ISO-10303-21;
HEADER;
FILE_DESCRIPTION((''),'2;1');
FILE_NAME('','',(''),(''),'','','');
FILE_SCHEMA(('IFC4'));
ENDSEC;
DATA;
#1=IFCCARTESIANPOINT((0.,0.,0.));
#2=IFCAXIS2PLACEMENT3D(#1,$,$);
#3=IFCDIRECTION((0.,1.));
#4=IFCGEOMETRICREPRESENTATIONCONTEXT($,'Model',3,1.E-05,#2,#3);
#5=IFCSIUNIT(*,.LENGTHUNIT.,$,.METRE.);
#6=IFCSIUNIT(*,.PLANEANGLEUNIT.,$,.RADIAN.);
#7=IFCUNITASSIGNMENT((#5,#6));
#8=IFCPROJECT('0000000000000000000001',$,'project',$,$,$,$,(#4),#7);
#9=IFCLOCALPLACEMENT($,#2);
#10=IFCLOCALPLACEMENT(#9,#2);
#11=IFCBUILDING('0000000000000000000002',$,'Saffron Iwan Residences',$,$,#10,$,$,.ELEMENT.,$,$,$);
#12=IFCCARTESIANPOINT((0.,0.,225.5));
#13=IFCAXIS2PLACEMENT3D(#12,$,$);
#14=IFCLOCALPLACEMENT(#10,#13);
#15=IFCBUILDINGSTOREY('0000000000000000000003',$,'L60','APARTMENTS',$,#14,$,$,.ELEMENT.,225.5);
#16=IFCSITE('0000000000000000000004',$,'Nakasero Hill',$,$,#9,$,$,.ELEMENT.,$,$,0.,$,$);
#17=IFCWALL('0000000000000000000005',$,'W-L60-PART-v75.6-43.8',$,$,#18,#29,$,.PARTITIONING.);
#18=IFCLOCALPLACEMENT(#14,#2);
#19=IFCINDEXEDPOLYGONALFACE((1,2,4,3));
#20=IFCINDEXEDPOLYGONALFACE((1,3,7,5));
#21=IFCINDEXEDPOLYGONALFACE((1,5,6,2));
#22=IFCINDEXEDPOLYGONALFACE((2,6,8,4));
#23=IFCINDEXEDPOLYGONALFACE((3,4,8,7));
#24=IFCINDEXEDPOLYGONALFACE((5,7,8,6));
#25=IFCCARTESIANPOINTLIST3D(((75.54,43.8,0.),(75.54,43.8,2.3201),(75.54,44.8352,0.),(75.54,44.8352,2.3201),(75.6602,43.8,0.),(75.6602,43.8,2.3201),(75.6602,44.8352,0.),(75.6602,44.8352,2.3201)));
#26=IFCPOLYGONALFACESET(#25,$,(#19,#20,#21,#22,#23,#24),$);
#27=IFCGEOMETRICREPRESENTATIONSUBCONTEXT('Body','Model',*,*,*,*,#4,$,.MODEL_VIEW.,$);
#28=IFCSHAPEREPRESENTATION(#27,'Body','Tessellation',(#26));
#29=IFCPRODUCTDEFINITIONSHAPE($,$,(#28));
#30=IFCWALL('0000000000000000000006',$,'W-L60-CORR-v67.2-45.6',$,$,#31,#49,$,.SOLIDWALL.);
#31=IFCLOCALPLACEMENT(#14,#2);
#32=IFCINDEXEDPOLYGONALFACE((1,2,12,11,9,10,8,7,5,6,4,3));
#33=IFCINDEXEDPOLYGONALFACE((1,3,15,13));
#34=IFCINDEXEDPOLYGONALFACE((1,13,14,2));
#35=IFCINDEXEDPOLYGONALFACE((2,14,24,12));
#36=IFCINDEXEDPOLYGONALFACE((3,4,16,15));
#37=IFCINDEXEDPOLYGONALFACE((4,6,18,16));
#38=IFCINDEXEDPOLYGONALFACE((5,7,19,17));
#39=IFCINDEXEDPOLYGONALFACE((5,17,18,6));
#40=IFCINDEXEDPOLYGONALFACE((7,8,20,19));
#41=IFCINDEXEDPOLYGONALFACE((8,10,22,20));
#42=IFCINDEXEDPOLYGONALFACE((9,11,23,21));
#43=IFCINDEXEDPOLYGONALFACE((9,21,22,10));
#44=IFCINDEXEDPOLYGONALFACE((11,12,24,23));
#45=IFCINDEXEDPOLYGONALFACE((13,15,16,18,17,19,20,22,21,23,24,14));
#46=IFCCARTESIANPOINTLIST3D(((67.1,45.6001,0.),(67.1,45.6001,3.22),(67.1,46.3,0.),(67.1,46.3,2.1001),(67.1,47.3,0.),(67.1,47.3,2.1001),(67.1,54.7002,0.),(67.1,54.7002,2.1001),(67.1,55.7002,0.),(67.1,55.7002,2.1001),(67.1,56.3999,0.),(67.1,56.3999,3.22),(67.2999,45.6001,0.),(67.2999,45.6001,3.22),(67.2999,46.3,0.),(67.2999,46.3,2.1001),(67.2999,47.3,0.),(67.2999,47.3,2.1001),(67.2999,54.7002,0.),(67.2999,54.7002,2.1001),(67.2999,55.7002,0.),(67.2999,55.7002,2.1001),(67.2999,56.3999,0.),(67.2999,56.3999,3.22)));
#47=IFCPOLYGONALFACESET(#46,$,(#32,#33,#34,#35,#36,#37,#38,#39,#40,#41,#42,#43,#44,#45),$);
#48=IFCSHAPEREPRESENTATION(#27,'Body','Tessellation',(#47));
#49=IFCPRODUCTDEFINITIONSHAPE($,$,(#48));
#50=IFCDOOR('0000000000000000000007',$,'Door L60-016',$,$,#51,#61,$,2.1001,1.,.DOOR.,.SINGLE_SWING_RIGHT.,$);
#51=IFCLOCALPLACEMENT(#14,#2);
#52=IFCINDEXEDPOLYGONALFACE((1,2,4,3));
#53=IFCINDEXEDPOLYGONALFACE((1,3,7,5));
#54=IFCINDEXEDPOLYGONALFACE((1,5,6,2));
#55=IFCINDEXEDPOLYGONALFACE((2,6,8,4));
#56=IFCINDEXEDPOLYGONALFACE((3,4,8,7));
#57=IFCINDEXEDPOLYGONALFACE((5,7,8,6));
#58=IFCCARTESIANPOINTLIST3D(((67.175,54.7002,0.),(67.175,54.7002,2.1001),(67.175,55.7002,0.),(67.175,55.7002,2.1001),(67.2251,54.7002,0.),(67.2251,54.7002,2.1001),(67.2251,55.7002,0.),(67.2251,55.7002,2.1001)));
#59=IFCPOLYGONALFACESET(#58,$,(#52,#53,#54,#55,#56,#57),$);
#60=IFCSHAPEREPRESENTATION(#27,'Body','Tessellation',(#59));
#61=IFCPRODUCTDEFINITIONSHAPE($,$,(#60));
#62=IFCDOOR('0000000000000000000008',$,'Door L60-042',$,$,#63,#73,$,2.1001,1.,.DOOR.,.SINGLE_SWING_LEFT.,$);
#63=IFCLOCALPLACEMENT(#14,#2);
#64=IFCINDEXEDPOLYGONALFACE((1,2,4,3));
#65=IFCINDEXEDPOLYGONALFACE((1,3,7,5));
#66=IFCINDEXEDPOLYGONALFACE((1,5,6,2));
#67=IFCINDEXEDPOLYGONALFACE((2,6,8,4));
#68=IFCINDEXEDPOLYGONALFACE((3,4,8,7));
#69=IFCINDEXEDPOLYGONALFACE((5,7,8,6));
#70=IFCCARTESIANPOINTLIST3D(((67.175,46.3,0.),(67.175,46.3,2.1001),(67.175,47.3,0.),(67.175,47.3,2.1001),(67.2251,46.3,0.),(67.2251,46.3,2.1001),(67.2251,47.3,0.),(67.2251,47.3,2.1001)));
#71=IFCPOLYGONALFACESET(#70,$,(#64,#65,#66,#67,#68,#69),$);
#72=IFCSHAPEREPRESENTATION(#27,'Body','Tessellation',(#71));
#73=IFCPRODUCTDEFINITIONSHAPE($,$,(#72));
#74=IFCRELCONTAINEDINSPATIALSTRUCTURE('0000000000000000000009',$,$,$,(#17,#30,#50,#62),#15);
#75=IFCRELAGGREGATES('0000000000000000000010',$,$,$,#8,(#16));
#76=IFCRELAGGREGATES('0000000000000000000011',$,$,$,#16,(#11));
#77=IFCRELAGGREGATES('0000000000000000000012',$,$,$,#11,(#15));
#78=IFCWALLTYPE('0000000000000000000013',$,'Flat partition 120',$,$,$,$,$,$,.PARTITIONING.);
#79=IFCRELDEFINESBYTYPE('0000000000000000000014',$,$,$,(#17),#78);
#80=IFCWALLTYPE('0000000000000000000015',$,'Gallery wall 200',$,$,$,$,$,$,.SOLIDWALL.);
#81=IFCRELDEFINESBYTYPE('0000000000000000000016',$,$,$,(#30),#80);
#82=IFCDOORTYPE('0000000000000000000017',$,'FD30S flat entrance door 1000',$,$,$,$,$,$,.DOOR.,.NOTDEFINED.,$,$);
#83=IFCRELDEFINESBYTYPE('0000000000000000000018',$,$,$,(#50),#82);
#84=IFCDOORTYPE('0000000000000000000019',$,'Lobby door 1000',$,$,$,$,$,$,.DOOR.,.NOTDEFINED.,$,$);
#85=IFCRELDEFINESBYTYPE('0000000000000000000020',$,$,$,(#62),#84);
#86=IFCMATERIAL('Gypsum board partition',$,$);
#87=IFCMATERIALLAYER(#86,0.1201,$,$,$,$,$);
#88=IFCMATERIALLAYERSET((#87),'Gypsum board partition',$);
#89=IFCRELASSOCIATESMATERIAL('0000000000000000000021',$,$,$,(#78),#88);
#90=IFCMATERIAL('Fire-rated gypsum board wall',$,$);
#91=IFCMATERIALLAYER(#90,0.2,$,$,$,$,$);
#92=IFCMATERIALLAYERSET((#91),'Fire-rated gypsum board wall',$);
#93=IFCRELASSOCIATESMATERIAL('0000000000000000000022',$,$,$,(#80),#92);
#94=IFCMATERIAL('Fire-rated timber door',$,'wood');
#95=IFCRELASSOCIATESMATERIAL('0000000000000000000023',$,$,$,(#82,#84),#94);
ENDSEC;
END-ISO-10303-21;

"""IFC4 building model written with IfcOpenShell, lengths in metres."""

from ifc_helpers import new_model, si_unit, direction, frame, frame_2d, origin, place, context, subcontext, project, spatial, rectangle, extrude, material, layer, layer_set, type_object, element, fill, save


model = new_model("IFC4")

# Units and contexts
model_context = context("Model", 3, precision=1e-05, world=origin(), true_north=direction((0.0, 1.0)))
body_context = subcontext(model_context, "Body", "Model", "MODEL_VIEW")
ifc_project = project(units=[si_unit("LENGTHUNIT", "METRE"), si_unit("PLANEANGLEUNIT", "RADIAN")], contexts=[model_context])

# Site, building, storey
site_placement = place(None, origin())
site = spatial("IfcSite", under=ifc_project, at=site_placement, Name="Nakasero Hill", CompositionType="ELEMENT", RefElevation=0.0)
building_placement = place(site_placement, origin())
building = spatial("IfcBuilding", under=site, at=building_placement, Name="Saffron Iwan Residences", CompositionType="ELEMENT")
storey_placement = place(building_placement, frame((0.0, 0.0, 225.5)))
storey = spatial("IfcBuildingStorey", under=building, at=storey_placement, Name="L60", Description="APARTMENTS", CompositionType="ELEMENT", Elevation=225.5)

# Shared definitions
ifc_material_1 = material(Name="Fire-rated gypsum board wall")

# Shared definitions
ifc_material_2 = material(Name="Gypsum board partition")
ifc_layer_1 = layer(ifc_material_2, 0.1201)
ifc_layer_set_1 = layer_set([ifc_layer_1], Name="Gypsum board partition")
wall_type_1 = type_object("IfcWallType", Name="Flat partition 120", PredefinedType="PARTITIONING", material=ifc_layer_set_1)

# Wall
wall_1_placement = place(storey_placement, frame((75.6001, 43.8, 0.0), z_axis=(0.0, 0.0, 1.0), x_axis=(0.0, 1.0, 0.0)))
element("IfcWall", 1, at=wall_1_placement, inside=storey, type_object=wall_type_1, Name="W-L60-PART-v75.6-43.8", PredefinedType="PARTITIONING", context=body_context, shape_type="SweptSolid", body=[
    extrude(rectangle(XDim=1.0352, YDim=0.1201, at=frame_2d((0.5176, 0.0))), origin(), (0.0, 0.0, 1.0), 2.3201),
])

# Wall, openings, doors
ifc_layer_2 = layer(ifc_material_1, 0.2)
ifc_layer_set_2 = layer_set([ifc_layer_2], Name="Fire-rated gypsum board wall")
wall_type_2 = type_object("IfcWallType", Name="Gallery wall 200", PredefinedType="SOLIDWALL", material=ifc_layer_set_2)
wall_2_placement = place(storey_placement, frame((67.2, 45.6001, 0.0), z_axis=(0.0, 0.0, 1.0), x_axis=(0.0, 1.0, 0.0)))
wall_2 = element("IfcWall", 2, at=wall_2_placement, inside=storey, type_object=wall_type_2, Name="W-L60-CORR-v67.2-45.6", PredefinedType="SOLIDWALL", context=body_context, shape_type="SweptSolid", body=[
    extrude(rectangle(XDim=10.7998, YDim=0.2, at=frame_2d((5.3999, 0.0))), origin(), (0.0, 0.0, 1.0), 3.22),
])
opening_1_placement = place(wall_2_placement, frame((9.1001, 0.0, 0.0)))
opening_1 = element("IfcOpeningElement", 3, at=opening_1_placement, cuts=wall_2, PredefinedType="OPENING", context=body_context, shape_type="SweptSolid", body=[
    extrude(rectangle(XDim=1.0, YDim=2.1001, at=frame_2d((0.5, 1.05))), frame((0.0, 0.1099, 0.0), z_axis=(0.0, -1.0, 0.0), x_axis=(1.0, 0.0, 0.0)), (0.0, 0.0, 1.0), 0.22),
])
opening_2_placement = place(wall_2_placement, frame((0.7, 0.0, 0.0)))
opening_2 = element("IfcOpeningElement", 4, at=opening_2_placement, cuts=wall_2, PredefinedType="OPENING", context=body_context, shape_type="SweptSolid", body=[
    extrude(rectangle(XDim=1.0, YDim=2.1001, at=frame_2d((0.5, 1.05))), frame((0.0, 0.1099, 0.0), z_axis=(0.0, -1.0, 0.0), x_axis=(1.0, 0.0, 0.0)), (0.0, 0.0, 1.0), 0.22),
])
ifc_material_3 = material(Name="Fire-rated timber door", Category="wood")
door_type_1 = type_object("IfcDoorType", Name="FD30S flat entrance door 1000", OperationType="NOTDEFINED", PredefinedType="DOOR", material=ifc_material_3)
door_1_placement = place(opening_1_placement, origin())
door_1 = element("IfcDoor", 5, at=door_1_placement, inside=storey, type_object=door_type_1, Name="Door L60-016", OperationType="SINGLE_SWING_RIGHT", OverallHeight=2.1001, OverallWidth=1.0, PredefinedType="DOOR", context=body_context, shape_type="SweptSolid", body=[
    extrude(rectangle(XDim=1.0, YDim=2.1001, at=frame_2d((0.5, 1.05))), frame((0.0, 0.0249, 0.0), z_axis=(0.0, -1.0, 0.0), x_axis=(1.0, 0.0, 0.0)), (0.0, 0.0, 1.0), 0.05),
])
fill(opening_1, door_1)
door_type_2 = type_object("IfcDoorType", Name="Lobby door 1000", OperationType="NOTDEFINED", PredefinedType="DOOR", material=ifc_material_3)
door_2_placement = place(opening_2_placement, origin())
door_2 = element("IfcDoor", 6, at=door_2_placement, inside=storey, type_object=door_type_2, Name="Door L60-042", OperationType="SINGLE_SWING_LEFT", OverallHeight=2.1001, OverallWidth=1.0, PredefinedType="DOOR", context=body_context, shape_type="SweptSolid", body=[
    extrude(rectangle(XDim=1.0, YDim=2.1001, at=frame_2d((0.5, 1.05))), frame((0.0, 0.0249, 0.0), z_axis=(0.0, -1.0, 0.0), x_axis=(1.0, 0.0, 0.0)), (0.0, 0.0, 1.0), 0.05),
])
fill(opening_2, door_2)

save(model, "model.ifc")
